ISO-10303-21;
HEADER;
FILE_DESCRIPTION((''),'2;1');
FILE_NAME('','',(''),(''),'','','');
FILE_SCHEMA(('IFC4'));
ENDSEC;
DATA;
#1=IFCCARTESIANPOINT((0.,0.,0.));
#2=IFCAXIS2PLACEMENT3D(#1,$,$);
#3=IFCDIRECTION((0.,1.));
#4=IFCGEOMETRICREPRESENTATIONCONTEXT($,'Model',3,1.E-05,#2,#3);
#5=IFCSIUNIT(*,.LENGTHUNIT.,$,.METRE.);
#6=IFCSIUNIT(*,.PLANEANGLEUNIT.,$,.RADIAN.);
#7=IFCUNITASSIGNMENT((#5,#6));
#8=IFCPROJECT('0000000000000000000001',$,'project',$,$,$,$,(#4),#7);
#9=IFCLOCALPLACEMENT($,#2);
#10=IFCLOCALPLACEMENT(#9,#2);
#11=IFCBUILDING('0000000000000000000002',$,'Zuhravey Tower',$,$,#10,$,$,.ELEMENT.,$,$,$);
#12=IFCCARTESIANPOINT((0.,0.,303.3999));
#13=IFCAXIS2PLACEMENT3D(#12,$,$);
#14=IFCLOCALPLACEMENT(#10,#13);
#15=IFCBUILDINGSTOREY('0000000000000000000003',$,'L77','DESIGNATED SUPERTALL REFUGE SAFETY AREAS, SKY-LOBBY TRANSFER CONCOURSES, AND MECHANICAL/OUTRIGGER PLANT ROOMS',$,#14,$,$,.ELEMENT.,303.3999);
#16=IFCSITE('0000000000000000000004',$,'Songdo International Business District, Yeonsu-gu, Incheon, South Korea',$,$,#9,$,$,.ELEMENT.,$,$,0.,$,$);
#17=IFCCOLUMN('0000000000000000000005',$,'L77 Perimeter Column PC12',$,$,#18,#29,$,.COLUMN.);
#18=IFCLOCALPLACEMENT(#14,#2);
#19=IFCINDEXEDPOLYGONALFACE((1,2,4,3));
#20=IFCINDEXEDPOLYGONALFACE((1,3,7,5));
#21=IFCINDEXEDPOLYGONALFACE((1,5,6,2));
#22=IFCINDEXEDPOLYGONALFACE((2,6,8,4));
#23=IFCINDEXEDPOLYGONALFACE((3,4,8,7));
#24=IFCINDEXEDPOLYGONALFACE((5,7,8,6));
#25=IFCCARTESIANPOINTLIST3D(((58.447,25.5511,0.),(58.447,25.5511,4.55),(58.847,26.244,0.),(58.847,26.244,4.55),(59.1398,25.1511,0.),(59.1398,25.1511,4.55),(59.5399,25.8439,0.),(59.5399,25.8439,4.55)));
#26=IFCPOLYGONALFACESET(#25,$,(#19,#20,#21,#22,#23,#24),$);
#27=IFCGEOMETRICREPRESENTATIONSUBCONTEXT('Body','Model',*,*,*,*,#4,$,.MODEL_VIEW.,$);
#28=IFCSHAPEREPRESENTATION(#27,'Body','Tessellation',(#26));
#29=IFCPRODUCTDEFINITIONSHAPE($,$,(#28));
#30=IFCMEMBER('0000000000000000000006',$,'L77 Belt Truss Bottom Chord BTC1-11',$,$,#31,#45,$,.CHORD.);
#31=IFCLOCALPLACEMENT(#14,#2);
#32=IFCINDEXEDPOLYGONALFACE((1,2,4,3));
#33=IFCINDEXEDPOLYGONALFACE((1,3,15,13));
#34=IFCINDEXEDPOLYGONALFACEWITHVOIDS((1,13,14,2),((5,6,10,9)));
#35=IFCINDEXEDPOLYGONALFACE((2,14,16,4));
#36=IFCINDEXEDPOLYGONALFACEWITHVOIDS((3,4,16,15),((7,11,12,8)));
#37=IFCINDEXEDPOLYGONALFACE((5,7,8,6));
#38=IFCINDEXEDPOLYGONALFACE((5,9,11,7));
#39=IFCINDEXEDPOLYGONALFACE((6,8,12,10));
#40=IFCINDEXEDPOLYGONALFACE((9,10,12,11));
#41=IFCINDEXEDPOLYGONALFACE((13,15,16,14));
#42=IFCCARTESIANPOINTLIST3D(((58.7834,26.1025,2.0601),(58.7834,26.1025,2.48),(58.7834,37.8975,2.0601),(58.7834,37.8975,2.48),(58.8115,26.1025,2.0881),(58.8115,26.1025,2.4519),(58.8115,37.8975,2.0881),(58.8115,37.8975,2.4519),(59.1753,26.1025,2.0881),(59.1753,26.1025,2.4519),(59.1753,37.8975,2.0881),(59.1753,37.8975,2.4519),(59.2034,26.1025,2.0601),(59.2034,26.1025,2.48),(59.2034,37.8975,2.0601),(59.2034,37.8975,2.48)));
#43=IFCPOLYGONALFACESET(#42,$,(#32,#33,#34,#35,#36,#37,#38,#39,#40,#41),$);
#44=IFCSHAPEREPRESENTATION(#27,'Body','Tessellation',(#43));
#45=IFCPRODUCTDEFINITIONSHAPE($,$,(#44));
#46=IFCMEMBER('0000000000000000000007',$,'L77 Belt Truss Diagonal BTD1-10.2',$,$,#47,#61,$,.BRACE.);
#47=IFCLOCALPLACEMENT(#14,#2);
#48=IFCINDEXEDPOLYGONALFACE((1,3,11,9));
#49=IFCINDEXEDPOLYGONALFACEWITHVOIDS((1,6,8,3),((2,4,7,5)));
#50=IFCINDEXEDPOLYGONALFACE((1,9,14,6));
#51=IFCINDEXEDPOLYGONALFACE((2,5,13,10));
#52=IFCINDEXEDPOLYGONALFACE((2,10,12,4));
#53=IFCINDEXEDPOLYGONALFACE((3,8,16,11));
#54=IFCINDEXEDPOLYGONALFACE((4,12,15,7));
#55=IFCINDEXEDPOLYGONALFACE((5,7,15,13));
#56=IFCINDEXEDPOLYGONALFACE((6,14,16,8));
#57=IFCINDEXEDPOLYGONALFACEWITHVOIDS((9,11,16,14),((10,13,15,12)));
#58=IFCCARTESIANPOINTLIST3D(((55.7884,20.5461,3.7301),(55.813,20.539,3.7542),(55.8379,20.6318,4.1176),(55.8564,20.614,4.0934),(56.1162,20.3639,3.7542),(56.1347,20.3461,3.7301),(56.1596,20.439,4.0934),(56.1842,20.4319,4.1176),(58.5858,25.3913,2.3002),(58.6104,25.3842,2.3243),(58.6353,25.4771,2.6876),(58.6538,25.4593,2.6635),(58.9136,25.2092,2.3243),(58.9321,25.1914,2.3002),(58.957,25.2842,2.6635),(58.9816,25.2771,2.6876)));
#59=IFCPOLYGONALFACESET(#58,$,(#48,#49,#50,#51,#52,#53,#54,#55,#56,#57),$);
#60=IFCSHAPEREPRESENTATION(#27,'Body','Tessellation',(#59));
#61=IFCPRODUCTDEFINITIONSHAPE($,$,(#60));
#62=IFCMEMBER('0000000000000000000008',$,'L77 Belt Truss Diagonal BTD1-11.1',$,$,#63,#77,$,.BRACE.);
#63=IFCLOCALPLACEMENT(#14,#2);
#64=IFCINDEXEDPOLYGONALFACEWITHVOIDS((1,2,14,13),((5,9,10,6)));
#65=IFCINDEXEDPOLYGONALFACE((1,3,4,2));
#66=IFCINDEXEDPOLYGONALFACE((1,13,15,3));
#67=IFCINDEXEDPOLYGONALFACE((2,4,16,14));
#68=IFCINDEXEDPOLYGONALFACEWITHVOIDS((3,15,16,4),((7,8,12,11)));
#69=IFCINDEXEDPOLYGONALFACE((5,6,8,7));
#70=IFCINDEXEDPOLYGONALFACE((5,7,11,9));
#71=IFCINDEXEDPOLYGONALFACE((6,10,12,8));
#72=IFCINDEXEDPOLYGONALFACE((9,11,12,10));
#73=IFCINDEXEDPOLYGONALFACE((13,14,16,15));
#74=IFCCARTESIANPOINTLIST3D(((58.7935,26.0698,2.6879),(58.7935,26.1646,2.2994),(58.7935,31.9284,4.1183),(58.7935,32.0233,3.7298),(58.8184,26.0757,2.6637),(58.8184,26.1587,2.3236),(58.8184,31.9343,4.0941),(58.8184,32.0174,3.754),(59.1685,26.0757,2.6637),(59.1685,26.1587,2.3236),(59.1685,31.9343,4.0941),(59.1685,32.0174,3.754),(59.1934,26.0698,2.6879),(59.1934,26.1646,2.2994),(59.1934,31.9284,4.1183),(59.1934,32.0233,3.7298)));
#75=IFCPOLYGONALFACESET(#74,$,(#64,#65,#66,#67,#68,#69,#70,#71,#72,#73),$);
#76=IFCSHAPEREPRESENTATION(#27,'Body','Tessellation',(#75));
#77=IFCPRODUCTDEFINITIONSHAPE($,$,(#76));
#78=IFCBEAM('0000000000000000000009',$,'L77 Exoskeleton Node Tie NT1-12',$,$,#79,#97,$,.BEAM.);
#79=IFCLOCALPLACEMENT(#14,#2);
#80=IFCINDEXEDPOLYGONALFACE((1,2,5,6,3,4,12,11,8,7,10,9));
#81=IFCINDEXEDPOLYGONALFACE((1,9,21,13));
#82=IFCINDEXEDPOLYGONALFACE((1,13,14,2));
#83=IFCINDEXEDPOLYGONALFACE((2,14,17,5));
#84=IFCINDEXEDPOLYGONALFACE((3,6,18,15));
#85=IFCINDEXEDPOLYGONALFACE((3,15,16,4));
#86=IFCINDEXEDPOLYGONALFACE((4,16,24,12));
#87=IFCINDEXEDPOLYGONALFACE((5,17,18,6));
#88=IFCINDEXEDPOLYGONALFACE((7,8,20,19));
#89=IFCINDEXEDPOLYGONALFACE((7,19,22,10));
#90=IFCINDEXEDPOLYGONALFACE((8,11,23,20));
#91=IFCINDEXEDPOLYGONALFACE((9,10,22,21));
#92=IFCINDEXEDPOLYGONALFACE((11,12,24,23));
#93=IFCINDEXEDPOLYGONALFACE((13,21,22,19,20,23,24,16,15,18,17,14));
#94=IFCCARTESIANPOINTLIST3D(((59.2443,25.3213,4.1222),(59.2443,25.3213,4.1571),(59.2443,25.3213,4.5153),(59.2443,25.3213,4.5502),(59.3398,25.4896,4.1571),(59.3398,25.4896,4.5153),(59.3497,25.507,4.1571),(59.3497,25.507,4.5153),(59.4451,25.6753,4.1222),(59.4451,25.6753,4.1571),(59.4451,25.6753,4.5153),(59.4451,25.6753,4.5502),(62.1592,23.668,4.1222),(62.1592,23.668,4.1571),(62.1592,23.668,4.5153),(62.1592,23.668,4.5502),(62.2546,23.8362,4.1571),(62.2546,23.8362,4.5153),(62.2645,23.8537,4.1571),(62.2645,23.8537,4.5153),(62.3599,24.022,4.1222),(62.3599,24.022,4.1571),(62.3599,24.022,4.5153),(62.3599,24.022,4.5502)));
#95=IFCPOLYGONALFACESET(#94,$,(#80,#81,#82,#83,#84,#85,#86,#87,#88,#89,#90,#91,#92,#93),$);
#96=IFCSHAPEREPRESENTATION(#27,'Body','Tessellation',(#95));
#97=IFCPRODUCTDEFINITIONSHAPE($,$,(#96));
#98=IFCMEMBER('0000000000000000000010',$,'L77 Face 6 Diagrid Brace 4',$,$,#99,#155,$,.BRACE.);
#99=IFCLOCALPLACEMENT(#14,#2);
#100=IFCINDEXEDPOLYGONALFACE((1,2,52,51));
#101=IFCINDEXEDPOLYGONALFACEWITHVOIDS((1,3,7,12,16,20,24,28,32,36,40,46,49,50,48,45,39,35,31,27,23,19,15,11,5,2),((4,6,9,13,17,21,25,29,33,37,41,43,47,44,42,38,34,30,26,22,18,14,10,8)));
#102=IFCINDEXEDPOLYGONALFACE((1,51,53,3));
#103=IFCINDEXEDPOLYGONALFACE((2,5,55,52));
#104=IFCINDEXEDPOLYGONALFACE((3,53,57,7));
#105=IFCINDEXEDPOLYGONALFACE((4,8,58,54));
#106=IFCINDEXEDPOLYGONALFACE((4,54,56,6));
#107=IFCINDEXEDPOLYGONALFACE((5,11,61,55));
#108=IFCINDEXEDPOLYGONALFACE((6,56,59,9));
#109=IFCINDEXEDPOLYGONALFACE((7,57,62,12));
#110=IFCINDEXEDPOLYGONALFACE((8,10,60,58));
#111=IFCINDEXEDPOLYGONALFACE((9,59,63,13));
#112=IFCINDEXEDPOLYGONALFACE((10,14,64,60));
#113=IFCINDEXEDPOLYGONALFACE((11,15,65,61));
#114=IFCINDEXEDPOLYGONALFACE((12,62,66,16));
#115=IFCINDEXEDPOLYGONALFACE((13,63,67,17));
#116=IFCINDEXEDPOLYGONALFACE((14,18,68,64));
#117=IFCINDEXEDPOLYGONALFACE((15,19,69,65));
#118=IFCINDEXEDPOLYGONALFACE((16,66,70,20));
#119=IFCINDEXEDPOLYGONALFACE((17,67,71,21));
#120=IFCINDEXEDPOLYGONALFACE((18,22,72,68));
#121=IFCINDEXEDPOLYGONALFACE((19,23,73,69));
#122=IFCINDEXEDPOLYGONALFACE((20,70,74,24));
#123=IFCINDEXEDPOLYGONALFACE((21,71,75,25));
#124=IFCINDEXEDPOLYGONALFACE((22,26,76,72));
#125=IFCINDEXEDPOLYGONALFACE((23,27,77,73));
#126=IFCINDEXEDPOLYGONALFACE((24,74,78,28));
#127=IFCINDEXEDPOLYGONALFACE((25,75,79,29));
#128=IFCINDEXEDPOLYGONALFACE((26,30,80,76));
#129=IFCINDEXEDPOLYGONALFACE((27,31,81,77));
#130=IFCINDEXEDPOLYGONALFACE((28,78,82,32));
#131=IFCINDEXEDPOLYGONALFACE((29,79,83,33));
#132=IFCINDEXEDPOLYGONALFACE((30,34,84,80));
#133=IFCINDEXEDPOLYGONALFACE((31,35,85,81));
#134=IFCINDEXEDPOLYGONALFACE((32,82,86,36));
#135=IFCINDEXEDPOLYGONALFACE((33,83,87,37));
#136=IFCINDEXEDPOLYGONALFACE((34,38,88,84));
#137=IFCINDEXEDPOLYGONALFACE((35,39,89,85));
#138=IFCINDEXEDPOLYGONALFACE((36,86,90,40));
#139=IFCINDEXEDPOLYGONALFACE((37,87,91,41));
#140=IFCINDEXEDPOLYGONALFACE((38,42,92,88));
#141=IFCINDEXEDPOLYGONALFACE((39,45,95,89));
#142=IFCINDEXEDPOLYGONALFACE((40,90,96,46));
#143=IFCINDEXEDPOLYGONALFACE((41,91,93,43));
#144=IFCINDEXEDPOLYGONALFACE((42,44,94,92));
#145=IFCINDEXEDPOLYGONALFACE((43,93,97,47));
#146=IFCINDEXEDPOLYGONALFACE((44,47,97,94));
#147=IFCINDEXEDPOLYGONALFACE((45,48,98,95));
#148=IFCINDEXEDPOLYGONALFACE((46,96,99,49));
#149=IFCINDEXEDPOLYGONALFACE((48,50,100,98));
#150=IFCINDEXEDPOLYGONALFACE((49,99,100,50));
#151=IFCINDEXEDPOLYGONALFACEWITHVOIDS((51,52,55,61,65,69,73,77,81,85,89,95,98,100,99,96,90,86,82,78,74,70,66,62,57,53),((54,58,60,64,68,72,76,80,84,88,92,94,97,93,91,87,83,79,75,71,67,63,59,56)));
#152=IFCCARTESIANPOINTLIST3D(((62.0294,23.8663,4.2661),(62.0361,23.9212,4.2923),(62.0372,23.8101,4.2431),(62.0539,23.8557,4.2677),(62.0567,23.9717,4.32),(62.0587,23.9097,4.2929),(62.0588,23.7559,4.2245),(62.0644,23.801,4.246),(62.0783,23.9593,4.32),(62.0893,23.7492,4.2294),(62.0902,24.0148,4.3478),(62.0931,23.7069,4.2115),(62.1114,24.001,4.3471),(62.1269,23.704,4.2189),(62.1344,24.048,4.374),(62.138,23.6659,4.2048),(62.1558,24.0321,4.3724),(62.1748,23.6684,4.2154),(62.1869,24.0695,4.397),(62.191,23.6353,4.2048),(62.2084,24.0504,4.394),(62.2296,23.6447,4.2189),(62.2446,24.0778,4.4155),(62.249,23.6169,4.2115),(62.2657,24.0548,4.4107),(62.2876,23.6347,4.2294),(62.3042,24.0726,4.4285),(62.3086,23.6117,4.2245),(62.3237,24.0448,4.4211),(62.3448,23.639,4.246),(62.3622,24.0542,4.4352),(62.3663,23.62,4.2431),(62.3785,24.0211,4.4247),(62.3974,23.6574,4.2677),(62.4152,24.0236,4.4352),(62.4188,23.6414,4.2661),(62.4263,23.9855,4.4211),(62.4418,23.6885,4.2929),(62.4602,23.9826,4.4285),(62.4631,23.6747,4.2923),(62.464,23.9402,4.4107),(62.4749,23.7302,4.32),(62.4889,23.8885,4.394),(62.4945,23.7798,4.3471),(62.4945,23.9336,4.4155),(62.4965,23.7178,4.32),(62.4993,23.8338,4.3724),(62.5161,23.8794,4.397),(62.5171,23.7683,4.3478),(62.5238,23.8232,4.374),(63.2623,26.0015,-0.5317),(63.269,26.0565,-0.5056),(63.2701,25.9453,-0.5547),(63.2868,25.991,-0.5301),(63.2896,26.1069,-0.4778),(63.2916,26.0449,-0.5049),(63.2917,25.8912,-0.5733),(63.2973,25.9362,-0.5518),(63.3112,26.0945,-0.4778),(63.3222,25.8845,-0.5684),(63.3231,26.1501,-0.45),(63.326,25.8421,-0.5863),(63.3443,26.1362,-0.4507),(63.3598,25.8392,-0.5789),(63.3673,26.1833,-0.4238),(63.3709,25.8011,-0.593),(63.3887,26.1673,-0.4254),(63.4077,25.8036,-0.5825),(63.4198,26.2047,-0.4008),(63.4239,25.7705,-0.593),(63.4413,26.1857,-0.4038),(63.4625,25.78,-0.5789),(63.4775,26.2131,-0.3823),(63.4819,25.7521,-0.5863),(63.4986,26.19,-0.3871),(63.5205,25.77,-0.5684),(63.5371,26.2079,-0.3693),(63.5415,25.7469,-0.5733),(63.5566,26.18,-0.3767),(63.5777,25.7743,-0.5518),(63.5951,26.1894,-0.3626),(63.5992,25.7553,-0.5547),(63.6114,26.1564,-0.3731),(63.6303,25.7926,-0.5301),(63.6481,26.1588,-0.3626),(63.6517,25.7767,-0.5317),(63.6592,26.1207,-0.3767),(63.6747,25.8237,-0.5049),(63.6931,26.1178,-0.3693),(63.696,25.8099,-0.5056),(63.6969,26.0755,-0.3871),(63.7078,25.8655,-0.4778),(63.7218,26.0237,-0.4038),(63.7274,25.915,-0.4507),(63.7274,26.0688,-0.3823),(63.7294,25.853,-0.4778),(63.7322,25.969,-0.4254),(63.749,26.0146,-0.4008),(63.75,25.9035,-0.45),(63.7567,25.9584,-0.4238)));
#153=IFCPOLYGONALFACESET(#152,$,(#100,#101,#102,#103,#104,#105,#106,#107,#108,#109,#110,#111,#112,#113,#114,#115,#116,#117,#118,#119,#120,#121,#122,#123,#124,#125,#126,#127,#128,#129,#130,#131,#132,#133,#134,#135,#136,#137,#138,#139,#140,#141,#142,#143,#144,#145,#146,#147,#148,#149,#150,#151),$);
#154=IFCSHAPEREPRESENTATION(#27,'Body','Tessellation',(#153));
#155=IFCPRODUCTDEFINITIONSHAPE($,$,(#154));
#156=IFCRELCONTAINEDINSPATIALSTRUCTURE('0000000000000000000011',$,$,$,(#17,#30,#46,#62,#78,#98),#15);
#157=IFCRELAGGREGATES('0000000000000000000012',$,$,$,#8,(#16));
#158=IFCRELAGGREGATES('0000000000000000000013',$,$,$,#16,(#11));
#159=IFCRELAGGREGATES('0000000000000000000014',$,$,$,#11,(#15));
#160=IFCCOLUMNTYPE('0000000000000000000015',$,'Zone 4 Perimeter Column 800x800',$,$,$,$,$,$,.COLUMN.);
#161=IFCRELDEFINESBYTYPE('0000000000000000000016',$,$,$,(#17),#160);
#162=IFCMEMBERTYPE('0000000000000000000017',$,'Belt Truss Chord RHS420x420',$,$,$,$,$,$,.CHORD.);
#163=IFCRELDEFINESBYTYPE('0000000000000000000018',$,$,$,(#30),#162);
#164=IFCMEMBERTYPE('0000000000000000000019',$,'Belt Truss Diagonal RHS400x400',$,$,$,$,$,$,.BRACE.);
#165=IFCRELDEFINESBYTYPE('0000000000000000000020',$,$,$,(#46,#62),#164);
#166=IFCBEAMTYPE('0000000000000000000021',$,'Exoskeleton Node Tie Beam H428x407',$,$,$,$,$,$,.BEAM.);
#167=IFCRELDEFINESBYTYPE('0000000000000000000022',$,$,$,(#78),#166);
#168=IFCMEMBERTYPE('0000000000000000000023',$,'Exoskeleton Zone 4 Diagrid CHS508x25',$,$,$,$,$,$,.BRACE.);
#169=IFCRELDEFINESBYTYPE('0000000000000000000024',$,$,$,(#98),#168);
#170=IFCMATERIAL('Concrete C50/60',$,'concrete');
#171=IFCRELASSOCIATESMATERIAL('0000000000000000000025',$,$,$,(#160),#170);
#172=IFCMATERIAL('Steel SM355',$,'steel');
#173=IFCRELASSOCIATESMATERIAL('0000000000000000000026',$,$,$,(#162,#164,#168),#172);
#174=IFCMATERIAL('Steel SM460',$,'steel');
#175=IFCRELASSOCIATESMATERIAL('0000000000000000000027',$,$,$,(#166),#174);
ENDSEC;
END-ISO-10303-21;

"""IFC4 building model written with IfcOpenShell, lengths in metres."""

from ifc_helpers import new_model, si_unit, direction, frame, origin, origin_2d, place, context, subcontext, project, spatial, rectangle, hollow_rectangle, hollow_circle, i_section, extrude, material, material_profile, profile_set, type_object, element, save


model = new_model("IFC4")

# Units and contexts
model_context = context("Model", 3, precision=1e-05, world=origin(), true_north=direction((0.0, 1.0)))
body_context = subcontext(model_context, "Body", "Model", "MODEL_VIEW")
ifc_project = project(units=[si_unit("LENGTHUNIT", "METRE"), si_unit("PLANEANGLEUNIT", "RADIAN")], contexts=[model_context])

# Site, building, storey
site_placement = place(None, origin())
site = spatial("IfcSite", under=ifc_project, at=site_placement, Name="Songdo International Business District, Yeonsu-gu, Incheon, South Korea", CompositionType="ELEMENT", RefElevation=0.0)
building_placement = place(site_placement, origin())
building = spatial("IfcBuilding", under=site, at=building_placement, Name="Zuhravey Tower", CompositionType="ELEMENT")
storey_placement = place(building_placement, frame((0.0, 0.0, 303.3999)))
storey = spatial("IfcBuildingStorey", under=building, at=storey_placement, Name="L77", Description="DESIGNATED SUPERTALL REFUGE SAFETY AREAS, SKY-LOBBY TRANSFER CONCOURSES, AND MECHANICAL/OUTRIGGER PLANT ROOMS", CompositionType="ELEMENT", Elevation=303.3999)

# Column
ifc_material_1 = material(Name="Concrete C50/60", Category="concrete")
ifc_material_profile_1 = material_profile(ifc_material_1, rectangle(XDim=0.8, YDim=0.8, at=origin_2d()), Name="RC-800x800")
ifc_profile_set_1 = profile_set([ifc_material_profile_1], Name="Concrete C50/60")
column_type = type_object("IfcColumnType", Name="Zone 4 Perimeter Column 800x800", PredefinedType="COLUMN", material=ifc_profile_set_1)
column_placement = place(storey_placement, frame((58.9934, 25.6975, 0.0), z_axis=(0.0, 0.0, 1.0), x_axis=(0.5, 0.866025, 0.0)))
element("IfcColumn", 1, at=column_placement, inside=storey, type_object=column_type, Name="L77 Perimeter Column PC12", PredefinedType="COLUMN", context=body_context, shape_type="SweptSolid", body=[
    extrude(rectangle(XDim=0.8, YDim=0.8, at=origin_2d()), origin(), (0.0, 0.0, 1.0), 4.55),
])

# Members
ifc_material_2 = material(Name="Steel SM355", Category="steel")
ifc_material_profile_2 = material_profile(ifc_material_2, hollow_rectangle(XDim=0.4199, YDim=0.4199, WallThickness=0.0281, at=origin_2d()), Name="RHS-420x420x28")
ifc_profile_set_2 = profile_set([ifc_material_profile_2], Name="Steel SM355")
member_type_1 = type_object("IfcMemberType", Name="Belt Truss Chord RHS420x420", PredefinedType="CHORD", material=ifc_profile_set_2)
member_1_placement = place(storey_placement, frame((58.9934, 26.1025, 2.27), z_axis=(0.0, 1.0, 0.0), x_axis=(-1.0, 0.0, 0.0)))
element("IfcMember", 2, at=member_1_placement, inside=storey, type_object=member_type_1, Name="L77 Belt Truss Bottom Chord BTC1-11", PredefinedType="CHORD", context=body_context, shape_type="SweptSolid", body=[
    extrude(hollow_rectangle(XDim=0.4199, YDim=0.4199, WallThickness=0.0281, at=origin_2d()), origin(), (0.0, 0.0, 1.0), 11.7949),
])
ifc_material_profile_3 = material_profile(ifc_material_2, hollow_rectangle(XDim=0.3999, YDim=0.3999, WallThickness=0.0249, at=origin_2d()), Name="RHS-400x400x25")
ifc_profile_set_3 = profile_set([ifc_material_profile_3], Name="Steel SM355")
member_type_2 = type_object("IfcMemberType", Name="Belt Truss Diagonal RHS400x400", PredefinedType="BRACE", material=ifc_profile_set_3)
member_2_placement = place(storey_placement, frame((58.7837, 25.3342, 2.4939), z_axis=(-0.484425, -0.839056, 0.247624), x_axis=(0.866027, -0.499997, 0.0)))
element("IfcMember", 3, at=member_2_placement, inside=storey, type_object=member_type_2, Name="L77 Belt Truss Diagonal BTD1-10.2", PredefinedType="BRACE", context=body_context, shape_type="SweptSolid", body=[
    extrude(hollow_rectangle(XDim=0.3999, YDim=0.3999, WallThickness=0.0249, at=origin_2d()), origin(), (0.0, 0.0, 1.0), 5.7747),
])
member_3_placement = place(storey_placement, frame((58.9934, 26.1172, 2.4937), z_axis=(0.0, 0.971464, 0.237188), x_axis=(-1.0, 0.0, 0.0)))
element("IfcMember", 4, at=member_3_placement, inside=storey, type_object=member_type_2, Name="L77 Belt Truss Diagonal BTD1-11.1", PredefinedType="BRACE", context=body_context, shape_type="SweptSolid", body=[
    extrude(hollow_rectangle(XDim=0.3999, YDim=0.3999, WallThickness=0.0249, at=origin_2d()), origin(), (0.0, 0.0, 1.0), 6.0308),
])

# Beam
ifc_material_3 = material(Name="Steel SM460", Category="steel")
ifc_material_profile_4 = material_profile(ifc_material_3, i_section(OverallWidth=0.407, OverallDepth=0.428, WebThickness=0.02, FlangeThickness=0.0349, at=origin_2d()), Name="H-428x407x20x35")
ifc_profile_set_4 = profile_set([ifc_material_profile_4], Name="Steel SM460")
beam_type_1 = type_object("IfcBeamType", Name="Exoskeleton Node Tie Beam H428x407", PredefinedType="BEAM", material=ifc_profile_set_4)
beam_1_placement = place(storey_placement, frame((59.3447, 25.4983, 4.3362), z_axis=(0.869817, -0.493375, 0.0), x_axis=(0.493375, 0.869817, 0.0)))
element("IfcBeam", 5, at=beam_1_placement, inside=storey, type_object=beam_type_1, Name="L77 Exoskeleton Node Tie NT1-12", PredefinedType="BEAM", context=body_context, shape_type="SweptSolid", body=[
    extrude(i_section(OverallWidth=0.407, OverallDepth=0.428, WebThickness=0.02, FlangeThickness=0.0349, at=origin_2d()), origin(), (0.0, 0.0, 1.0), 3.3511),
])

# Member
ifc_material_profile_5 = material_profile(ifc_material_2, hollow_circle(Radius=0.2539, WallThickness=0.0249, at=origin_2d()), Name="CHS-508.0x25")
ifc_profile_set_5 = profile_set([ifc_material_profile_5], Name="Steel SM355")
member_type_3 = type_object("IfcMemberType", Name="Exoskeleton Zone 4 Diagrid CHS508x25", PredefinedType="BRACE", material=ifc_profile_set_5)
member_4_placement = place(storey_placement, frame((63.5095, 25.98, -0.4778), z_axis=(-0.228557, -0.395833, 0.889426), x_axis=(0.866004, -0.500037, 0.0)))
element("IfcMember", 6, at=member_4_placement, inside=storey, type_object=member_type_3, Name="L77 Face 6 Diagrid Brace 4", PredefinedType="BRACE", context=body_context, shape_type="SweptSolid", body=[
    extrude(hollow_circle(Radius=0.2539, WallThickness=0.0249, at=origin_2d()), origin(), (0.0, 0.0, 1.0), 5.3943),
])

save(model, "model.ifc")
